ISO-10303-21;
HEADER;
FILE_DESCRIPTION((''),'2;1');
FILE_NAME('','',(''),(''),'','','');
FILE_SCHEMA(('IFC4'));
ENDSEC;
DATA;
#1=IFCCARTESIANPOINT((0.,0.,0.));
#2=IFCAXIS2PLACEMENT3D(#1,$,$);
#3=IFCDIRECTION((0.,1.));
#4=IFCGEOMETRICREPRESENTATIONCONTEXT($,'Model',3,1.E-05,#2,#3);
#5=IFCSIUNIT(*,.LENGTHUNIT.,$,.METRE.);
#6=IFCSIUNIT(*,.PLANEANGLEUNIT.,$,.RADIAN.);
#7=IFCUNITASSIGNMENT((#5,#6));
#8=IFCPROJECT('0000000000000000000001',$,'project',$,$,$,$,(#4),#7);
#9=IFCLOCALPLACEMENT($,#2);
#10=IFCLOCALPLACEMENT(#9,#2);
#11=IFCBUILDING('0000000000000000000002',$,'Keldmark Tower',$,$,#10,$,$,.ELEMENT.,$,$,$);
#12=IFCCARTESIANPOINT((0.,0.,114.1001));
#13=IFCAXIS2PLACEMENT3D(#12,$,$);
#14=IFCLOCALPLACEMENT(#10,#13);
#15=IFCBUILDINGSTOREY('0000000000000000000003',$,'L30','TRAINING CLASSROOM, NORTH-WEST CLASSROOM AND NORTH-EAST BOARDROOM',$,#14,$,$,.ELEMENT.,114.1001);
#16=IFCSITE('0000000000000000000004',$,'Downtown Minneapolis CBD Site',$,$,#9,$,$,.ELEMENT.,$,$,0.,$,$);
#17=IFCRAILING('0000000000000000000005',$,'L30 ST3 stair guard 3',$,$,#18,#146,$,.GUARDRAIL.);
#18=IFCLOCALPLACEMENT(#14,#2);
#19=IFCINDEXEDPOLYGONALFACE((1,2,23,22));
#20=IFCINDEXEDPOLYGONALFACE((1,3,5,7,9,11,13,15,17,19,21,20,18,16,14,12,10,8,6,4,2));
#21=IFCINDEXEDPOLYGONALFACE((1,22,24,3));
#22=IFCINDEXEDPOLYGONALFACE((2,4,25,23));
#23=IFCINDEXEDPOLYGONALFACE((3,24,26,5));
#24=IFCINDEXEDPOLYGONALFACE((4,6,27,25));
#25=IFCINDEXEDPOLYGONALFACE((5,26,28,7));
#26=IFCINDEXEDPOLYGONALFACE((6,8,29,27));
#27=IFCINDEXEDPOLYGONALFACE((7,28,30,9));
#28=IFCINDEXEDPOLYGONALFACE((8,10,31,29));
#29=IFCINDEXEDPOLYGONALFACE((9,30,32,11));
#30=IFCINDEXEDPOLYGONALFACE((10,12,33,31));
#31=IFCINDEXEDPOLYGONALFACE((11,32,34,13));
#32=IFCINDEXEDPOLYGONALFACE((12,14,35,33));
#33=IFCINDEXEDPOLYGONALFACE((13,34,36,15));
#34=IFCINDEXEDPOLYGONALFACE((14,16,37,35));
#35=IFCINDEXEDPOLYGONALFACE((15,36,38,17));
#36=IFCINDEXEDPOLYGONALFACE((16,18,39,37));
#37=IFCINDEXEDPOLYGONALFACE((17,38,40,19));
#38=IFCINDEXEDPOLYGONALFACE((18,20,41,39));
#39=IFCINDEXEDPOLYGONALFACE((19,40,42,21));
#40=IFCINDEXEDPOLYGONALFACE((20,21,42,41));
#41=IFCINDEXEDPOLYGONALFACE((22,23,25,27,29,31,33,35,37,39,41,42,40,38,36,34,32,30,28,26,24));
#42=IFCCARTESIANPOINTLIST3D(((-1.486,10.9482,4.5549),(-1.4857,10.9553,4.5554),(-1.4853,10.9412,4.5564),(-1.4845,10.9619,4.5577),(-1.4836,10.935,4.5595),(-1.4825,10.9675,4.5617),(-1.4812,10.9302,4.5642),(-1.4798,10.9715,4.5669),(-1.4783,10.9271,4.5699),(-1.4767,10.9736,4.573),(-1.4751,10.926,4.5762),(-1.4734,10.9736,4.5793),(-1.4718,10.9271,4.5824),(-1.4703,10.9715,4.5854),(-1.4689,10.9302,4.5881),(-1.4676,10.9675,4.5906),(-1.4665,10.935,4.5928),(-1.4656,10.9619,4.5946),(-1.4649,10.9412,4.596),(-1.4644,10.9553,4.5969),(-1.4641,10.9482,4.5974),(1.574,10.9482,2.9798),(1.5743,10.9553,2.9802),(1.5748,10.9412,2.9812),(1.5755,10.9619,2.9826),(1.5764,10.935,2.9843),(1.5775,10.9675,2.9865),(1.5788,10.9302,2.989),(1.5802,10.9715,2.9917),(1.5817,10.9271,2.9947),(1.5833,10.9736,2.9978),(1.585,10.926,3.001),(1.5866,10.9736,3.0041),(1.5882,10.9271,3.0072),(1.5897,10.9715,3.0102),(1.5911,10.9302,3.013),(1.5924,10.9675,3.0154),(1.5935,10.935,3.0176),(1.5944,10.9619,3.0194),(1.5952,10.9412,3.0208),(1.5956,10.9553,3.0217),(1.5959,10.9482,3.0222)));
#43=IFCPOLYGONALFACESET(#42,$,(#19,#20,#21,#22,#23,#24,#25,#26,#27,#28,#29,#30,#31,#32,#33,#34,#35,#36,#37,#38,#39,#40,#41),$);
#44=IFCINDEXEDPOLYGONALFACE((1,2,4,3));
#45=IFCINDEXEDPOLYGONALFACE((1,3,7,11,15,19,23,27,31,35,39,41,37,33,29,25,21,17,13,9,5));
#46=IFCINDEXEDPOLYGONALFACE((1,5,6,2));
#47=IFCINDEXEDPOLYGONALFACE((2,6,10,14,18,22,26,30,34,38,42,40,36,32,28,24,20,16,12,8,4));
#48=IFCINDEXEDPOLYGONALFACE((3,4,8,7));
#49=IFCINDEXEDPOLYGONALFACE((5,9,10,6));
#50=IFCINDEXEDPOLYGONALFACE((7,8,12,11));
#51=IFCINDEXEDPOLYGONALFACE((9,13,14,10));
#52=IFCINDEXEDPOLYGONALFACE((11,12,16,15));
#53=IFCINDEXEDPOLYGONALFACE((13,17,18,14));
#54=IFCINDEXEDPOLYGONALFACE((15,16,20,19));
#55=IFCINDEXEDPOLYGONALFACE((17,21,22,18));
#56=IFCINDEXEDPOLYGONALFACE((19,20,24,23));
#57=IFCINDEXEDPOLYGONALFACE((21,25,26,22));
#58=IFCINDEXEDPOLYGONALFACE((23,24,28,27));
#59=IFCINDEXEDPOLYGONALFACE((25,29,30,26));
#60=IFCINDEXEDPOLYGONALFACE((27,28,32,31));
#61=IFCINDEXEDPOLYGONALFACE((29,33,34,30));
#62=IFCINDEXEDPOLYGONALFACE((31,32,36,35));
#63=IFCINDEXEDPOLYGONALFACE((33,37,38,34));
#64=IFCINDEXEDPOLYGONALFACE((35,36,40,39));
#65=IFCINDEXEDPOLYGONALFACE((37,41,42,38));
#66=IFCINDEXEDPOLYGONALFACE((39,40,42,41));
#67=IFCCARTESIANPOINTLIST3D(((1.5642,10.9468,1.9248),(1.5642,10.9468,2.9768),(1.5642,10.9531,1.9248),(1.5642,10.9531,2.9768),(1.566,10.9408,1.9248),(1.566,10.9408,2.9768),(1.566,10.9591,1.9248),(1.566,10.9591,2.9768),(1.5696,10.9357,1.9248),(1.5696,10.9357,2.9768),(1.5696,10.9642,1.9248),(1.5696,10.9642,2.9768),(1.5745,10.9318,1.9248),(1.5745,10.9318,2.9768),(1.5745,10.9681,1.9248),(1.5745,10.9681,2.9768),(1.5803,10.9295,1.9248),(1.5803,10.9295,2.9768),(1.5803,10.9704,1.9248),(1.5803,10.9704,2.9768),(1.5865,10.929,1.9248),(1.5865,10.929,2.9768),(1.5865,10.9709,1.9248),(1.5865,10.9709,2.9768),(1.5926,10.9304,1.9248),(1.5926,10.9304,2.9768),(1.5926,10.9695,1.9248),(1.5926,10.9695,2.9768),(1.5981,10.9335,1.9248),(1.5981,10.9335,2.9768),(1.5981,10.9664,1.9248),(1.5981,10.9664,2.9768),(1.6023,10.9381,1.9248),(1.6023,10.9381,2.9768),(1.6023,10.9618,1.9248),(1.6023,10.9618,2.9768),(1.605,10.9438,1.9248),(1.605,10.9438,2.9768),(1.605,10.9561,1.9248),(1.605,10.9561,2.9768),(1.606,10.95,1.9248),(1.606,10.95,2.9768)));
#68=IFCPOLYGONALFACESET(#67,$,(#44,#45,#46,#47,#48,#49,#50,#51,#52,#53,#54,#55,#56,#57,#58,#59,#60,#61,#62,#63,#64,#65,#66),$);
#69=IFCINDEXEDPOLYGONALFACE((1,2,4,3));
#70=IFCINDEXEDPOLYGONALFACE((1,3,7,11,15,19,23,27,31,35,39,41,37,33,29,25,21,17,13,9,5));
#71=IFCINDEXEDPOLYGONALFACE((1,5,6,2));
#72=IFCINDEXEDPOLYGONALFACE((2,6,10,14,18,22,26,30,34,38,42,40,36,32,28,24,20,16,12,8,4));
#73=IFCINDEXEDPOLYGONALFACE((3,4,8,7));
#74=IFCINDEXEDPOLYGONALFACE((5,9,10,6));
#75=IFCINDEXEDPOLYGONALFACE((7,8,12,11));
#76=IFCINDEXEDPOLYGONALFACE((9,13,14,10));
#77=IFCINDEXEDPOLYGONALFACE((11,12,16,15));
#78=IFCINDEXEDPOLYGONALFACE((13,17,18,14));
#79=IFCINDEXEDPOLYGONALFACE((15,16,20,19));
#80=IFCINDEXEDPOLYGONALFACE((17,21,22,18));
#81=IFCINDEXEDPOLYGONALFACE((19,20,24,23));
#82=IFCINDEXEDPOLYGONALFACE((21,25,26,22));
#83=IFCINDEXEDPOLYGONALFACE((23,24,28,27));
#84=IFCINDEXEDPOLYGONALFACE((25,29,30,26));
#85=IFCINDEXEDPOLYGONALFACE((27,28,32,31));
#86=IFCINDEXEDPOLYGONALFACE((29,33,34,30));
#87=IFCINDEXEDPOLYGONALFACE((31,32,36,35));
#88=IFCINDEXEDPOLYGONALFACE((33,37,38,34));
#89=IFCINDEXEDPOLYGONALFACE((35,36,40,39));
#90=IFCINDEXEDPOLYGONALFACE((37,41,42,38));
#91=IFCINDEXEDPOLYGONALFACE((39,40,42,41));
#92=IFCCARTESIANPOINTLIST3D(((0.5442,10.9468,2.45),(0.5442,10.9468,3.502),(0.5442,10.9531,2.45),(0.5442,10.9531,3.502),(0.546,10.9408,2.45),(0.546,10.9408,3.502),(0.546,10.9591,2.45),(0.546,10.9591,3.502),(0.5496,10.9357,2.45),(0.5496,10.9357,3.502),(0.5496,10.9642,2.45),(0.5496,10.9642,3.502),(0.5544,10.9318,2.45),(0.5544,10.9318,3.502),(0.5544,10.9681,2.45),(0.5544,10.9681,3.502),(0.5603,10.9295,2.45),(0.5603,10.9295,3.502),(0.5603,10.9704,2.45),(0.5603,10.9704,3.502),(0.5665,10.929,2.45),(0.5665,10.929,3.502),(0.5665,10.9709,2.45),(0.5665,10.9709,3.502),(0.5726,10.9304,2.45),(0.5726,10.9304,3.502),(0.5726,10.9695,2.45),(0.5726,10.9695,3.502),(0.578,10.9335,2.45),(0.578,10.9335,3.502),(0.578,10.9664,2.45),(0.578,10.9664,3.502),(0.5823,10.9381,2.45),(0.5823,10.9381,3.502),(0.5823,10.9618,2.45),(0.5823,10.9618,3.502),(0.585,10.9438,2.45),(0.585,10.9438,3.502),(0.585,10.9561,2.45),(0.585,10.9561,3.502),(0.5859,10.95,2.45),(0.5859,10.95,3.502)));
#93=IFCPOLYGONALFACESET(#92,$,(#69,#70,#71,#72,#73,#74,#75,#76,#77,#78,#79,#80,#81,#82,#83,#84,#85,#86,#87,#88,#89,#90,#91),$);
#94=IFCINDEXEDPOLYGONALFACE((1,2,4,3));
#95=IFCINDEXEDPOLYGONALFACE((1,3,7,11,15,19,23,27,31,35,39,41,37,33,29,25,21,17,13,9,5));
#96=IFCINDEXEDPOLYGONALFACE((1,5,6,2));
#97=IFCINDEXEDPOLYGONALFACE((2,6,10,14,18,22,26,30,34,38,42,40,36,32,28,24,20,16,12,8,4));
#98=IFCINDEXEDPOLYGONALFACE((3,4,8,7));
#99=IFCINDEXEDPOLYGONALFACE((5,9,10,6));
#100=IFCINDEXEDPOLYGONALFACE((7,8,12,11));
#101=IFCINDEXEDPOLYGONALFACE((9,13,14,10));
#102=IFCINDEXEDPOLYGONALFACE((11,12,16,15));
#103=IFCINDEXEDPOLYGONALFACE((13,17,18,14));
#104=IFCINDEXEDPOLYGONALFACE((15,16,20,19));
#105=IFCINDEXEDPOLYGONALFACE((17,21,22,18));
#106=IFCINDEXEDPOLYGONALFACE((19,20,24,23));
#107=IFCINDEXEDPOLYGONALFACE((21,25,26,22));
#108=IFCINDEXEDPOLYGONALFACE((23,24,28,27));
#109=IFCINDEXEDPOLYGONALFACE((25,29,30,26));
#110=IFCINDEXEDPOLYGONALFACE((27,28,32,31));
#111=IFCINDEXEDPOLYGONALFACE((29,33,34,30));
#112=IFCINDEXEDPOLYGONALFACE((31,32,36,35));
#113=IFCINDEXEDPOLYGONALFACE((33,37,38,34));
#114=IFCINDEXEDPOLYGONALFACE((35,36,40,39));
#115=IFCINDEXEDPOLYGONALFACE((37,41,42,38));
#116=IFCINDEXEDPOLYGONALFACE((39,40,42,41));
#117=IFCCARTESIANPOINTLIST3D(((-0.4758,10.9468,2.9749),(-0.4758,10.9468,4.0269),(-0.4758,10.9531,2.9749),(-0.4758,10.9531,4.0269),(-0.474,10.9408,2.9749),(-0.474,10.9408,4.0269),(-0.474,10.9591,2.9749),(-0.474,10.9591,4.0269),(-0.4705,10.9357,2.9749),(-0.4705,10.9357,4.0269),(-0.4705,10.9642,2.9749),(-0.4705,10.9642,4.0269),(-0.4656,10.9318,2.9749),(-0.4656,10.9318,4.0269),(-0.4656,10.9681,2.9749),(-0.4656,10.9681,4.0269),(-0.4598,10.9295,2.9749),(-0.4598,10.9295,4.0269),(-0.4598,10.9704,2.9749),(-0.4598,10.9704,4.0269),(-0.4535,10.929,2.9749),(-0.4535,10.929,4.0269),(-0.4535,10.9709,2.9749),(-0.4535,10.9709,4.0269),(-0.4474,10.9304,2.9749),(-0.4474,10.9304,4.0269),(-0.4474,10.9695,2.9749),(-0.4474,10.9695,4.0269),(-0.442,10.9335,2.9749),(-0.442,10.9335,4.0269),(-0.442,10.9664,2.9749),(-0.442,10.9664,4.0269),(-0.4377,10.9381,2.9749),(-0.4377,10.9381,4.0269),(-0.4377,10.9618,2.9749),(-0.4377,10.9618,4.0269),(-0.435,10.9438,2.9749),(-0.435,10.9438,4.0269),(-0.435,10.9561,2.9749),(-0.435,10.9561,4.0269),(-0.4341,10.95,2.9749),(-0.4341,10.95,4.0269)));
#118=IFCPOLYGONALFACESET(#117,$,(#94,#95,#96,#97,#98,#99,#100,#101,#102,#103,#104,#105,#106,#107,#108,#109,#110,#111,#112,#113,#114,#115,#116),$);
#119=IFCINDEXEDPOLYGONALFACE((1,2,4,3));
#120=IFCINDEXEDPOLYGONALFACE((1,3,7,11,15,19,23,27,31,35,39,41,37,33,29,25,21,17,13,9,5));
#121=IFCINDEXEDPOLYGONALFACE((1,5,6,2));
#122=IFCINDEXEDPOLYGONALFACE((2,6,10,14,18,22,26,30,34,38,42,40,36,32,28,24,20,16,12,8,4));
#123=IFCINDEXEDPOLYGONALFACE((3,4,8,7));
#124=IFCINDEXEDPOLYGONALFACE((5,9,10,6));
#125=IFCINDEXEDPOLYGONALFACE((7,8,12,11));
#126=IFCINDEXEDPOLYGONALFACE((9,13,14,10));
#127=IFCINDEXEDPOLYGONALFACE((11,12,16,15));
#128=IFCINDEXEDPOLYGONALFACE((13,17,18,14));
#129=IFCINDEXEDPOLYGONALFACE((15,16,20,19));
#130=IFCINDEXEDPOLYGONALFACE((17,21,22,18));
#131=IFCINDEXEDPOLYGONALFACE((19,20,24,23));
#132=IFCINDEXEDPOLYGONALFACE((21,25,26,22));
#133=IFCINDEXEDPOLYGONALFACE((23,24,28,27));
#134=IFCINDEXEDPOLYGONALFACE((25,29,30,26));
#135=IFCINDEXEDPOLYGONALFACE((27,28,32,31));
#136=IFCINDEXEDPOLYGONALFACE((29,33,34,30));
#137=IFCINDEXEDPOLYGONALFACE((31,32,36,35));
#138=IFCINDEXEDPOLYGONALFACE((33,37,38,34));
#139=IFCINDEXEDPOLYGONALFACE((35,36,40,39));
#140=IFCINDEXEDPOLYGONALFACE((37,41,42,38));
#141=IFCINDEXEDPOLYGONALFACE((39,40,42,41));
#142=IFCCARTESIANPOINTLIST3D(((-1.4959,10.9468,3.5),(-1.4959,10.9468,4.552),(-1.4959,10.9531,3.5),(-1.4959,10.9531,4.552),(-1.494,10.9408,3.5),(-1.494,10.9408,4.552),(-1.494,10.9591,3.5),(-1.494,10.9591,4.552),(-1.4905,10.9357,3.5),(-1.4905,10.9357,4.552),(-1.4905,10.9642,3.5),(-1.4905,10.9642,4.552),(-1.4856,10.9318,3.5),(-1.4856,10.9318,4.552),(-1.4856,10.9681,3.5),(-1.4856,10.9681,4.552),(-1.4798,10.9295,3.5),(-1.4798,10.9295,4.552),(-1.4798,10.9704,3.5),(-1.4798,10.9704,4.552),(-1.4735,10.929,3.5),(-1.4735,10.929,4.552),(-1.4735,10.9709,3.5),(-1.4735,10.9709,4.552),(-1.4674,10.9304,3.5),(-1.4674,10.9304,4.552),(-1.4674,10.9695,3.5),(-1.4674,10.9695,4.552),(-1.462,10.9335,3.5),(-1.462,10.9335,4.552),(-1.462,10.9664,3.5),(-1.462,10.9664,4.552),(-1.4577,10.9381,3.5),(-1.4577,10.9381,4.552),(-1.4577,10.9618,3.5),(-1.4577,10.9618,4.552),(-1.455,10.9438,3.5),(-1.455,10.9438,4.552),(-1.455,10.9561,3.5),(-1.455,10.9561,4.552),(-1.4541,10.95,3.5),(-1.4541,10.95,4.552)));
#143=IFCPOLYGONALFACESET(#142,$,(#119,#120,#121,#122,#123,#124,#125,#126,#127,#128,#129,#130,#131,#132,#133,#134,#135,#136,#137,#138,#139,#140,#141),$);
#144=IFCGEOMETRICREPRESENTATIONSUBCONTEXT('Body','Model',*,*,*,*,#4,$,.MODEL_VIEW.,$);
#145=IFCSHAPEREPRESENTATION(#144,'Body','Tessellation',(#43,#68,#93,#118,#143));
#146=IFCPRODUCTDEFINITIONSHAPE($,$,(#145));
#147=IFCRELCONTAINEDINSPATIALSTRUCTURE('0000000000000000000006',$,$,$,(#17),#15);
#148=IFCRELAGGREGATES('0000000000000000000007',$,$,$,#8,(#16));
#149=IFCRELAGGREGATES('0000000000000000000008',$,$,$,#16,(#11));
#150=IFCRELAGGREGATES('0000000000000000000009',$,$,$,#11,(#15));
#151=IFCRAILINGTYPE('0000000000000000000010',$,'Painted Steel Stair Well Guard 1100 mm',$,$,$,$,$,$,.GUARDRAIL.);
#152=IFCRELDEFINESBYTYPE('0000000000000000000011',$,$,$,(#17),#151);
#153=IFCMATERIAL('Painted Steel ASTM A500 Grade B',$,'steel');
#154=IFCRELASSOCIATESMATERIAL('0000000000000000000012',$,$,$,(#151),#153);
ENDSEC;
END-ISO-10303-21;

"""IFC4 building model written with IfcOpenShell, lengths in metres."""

from ifc_helpers import new_model, si_unit, direction, frame, origin, origin_2d, place, context, subcontext, project, spatial, circle, extrude, material, type_object, element, save


model = new_model("IFC4")

# Units and contexts
model_context = context("Model", 3, precision=1e-05, world=origin(), true_north=direction((0.0, 1.0)))
body_context = subcontext(model_context, "Body", "Model", "MODEL_VIEW")
ifc_project = project(units=[si_unit("LENGTHUNIT", "METRE"), si_unit("PLANEANGLEUNIT", "RADIAN")], contexts=[model_context])

# Site, building, storey
site_placement = place(None, origin())
site = spatial("IfcSite", under=ifc_project, at=site_placement, Name="Downtown Minneapolis CBD Site", CompositionType="ELEMENT", RefElevation=0.0)
building_placement = place(site_placement, origin())
building = spatial("IfcBuilding", under=site, at=building_placement, Name="Keldmark Tower", CompositionType="ELEMENT")
storey_placement = place(building_placement, frame((0.0, 0.0, 114.1001)))
storey = spatial("IfcBuildingStorey", under=building, at=storey_placement, Name="L30", Description="TRAINING CLASSROOM, NORTH-WEST CLASSROOM AND NORTH-EAST BOARDROOM", CompositionType="ELEMENT", Elevation=114.1001)

# Railing
ifc_material_1 = material(Name="Painted Steel ASTM A500 Grade B", Category="steel")
railing_type_1 = type_object("IfcRailingType", Name="Painted Steel Stair Well Guard 1100 mm", PredefinedType="GUARDRAIL", material=ifc_material_1)
railing_1_placement = place(storey_placement, frame((1.585, 10.95, 1.9248)))
element("IfcRailing", 1, at=railing_1_placement, inside=storey, type_object=railing_type_1, Name="L30 ST3 stair guard 3", PredefinedType="GUARDRAIL", context=body_context, shape_type="SweptSolid", body=[
    extrude(circle(Radius=0.0239, at=origin_2d()), frame((0.0, 0.0, 1.0762), z_axis=(-0.889116, 0.0, 0.457681), x_axis=(0.0, -1.0, 0.0)), (0.0, 0.0, 1.0), 3.4417),
    extrude(circle(Radius=0.021, at=origin_2d()), origin(), (0.0, 0.0, 1.0), 1.052),
    extrude(circle(Radius=0.021, at=origin_2d()), frame((-1.02, 0.0, 0.5251)), (0.0, 0.0, 1.0), 1.052),
    extrude(circle(Radius=0.021, at=origin_2d()), frame((-2.04, 0.0, 1.05)), (0.0, 0.0, 1.0), 1.052),
    extrude(circle(Radius=0.021, at=origin_2d()), frame((-3.0601, 0.0, 1.5752)), (0.0, 0.0, 1.0), 1.052),
])

save(model, "model.ifc")
